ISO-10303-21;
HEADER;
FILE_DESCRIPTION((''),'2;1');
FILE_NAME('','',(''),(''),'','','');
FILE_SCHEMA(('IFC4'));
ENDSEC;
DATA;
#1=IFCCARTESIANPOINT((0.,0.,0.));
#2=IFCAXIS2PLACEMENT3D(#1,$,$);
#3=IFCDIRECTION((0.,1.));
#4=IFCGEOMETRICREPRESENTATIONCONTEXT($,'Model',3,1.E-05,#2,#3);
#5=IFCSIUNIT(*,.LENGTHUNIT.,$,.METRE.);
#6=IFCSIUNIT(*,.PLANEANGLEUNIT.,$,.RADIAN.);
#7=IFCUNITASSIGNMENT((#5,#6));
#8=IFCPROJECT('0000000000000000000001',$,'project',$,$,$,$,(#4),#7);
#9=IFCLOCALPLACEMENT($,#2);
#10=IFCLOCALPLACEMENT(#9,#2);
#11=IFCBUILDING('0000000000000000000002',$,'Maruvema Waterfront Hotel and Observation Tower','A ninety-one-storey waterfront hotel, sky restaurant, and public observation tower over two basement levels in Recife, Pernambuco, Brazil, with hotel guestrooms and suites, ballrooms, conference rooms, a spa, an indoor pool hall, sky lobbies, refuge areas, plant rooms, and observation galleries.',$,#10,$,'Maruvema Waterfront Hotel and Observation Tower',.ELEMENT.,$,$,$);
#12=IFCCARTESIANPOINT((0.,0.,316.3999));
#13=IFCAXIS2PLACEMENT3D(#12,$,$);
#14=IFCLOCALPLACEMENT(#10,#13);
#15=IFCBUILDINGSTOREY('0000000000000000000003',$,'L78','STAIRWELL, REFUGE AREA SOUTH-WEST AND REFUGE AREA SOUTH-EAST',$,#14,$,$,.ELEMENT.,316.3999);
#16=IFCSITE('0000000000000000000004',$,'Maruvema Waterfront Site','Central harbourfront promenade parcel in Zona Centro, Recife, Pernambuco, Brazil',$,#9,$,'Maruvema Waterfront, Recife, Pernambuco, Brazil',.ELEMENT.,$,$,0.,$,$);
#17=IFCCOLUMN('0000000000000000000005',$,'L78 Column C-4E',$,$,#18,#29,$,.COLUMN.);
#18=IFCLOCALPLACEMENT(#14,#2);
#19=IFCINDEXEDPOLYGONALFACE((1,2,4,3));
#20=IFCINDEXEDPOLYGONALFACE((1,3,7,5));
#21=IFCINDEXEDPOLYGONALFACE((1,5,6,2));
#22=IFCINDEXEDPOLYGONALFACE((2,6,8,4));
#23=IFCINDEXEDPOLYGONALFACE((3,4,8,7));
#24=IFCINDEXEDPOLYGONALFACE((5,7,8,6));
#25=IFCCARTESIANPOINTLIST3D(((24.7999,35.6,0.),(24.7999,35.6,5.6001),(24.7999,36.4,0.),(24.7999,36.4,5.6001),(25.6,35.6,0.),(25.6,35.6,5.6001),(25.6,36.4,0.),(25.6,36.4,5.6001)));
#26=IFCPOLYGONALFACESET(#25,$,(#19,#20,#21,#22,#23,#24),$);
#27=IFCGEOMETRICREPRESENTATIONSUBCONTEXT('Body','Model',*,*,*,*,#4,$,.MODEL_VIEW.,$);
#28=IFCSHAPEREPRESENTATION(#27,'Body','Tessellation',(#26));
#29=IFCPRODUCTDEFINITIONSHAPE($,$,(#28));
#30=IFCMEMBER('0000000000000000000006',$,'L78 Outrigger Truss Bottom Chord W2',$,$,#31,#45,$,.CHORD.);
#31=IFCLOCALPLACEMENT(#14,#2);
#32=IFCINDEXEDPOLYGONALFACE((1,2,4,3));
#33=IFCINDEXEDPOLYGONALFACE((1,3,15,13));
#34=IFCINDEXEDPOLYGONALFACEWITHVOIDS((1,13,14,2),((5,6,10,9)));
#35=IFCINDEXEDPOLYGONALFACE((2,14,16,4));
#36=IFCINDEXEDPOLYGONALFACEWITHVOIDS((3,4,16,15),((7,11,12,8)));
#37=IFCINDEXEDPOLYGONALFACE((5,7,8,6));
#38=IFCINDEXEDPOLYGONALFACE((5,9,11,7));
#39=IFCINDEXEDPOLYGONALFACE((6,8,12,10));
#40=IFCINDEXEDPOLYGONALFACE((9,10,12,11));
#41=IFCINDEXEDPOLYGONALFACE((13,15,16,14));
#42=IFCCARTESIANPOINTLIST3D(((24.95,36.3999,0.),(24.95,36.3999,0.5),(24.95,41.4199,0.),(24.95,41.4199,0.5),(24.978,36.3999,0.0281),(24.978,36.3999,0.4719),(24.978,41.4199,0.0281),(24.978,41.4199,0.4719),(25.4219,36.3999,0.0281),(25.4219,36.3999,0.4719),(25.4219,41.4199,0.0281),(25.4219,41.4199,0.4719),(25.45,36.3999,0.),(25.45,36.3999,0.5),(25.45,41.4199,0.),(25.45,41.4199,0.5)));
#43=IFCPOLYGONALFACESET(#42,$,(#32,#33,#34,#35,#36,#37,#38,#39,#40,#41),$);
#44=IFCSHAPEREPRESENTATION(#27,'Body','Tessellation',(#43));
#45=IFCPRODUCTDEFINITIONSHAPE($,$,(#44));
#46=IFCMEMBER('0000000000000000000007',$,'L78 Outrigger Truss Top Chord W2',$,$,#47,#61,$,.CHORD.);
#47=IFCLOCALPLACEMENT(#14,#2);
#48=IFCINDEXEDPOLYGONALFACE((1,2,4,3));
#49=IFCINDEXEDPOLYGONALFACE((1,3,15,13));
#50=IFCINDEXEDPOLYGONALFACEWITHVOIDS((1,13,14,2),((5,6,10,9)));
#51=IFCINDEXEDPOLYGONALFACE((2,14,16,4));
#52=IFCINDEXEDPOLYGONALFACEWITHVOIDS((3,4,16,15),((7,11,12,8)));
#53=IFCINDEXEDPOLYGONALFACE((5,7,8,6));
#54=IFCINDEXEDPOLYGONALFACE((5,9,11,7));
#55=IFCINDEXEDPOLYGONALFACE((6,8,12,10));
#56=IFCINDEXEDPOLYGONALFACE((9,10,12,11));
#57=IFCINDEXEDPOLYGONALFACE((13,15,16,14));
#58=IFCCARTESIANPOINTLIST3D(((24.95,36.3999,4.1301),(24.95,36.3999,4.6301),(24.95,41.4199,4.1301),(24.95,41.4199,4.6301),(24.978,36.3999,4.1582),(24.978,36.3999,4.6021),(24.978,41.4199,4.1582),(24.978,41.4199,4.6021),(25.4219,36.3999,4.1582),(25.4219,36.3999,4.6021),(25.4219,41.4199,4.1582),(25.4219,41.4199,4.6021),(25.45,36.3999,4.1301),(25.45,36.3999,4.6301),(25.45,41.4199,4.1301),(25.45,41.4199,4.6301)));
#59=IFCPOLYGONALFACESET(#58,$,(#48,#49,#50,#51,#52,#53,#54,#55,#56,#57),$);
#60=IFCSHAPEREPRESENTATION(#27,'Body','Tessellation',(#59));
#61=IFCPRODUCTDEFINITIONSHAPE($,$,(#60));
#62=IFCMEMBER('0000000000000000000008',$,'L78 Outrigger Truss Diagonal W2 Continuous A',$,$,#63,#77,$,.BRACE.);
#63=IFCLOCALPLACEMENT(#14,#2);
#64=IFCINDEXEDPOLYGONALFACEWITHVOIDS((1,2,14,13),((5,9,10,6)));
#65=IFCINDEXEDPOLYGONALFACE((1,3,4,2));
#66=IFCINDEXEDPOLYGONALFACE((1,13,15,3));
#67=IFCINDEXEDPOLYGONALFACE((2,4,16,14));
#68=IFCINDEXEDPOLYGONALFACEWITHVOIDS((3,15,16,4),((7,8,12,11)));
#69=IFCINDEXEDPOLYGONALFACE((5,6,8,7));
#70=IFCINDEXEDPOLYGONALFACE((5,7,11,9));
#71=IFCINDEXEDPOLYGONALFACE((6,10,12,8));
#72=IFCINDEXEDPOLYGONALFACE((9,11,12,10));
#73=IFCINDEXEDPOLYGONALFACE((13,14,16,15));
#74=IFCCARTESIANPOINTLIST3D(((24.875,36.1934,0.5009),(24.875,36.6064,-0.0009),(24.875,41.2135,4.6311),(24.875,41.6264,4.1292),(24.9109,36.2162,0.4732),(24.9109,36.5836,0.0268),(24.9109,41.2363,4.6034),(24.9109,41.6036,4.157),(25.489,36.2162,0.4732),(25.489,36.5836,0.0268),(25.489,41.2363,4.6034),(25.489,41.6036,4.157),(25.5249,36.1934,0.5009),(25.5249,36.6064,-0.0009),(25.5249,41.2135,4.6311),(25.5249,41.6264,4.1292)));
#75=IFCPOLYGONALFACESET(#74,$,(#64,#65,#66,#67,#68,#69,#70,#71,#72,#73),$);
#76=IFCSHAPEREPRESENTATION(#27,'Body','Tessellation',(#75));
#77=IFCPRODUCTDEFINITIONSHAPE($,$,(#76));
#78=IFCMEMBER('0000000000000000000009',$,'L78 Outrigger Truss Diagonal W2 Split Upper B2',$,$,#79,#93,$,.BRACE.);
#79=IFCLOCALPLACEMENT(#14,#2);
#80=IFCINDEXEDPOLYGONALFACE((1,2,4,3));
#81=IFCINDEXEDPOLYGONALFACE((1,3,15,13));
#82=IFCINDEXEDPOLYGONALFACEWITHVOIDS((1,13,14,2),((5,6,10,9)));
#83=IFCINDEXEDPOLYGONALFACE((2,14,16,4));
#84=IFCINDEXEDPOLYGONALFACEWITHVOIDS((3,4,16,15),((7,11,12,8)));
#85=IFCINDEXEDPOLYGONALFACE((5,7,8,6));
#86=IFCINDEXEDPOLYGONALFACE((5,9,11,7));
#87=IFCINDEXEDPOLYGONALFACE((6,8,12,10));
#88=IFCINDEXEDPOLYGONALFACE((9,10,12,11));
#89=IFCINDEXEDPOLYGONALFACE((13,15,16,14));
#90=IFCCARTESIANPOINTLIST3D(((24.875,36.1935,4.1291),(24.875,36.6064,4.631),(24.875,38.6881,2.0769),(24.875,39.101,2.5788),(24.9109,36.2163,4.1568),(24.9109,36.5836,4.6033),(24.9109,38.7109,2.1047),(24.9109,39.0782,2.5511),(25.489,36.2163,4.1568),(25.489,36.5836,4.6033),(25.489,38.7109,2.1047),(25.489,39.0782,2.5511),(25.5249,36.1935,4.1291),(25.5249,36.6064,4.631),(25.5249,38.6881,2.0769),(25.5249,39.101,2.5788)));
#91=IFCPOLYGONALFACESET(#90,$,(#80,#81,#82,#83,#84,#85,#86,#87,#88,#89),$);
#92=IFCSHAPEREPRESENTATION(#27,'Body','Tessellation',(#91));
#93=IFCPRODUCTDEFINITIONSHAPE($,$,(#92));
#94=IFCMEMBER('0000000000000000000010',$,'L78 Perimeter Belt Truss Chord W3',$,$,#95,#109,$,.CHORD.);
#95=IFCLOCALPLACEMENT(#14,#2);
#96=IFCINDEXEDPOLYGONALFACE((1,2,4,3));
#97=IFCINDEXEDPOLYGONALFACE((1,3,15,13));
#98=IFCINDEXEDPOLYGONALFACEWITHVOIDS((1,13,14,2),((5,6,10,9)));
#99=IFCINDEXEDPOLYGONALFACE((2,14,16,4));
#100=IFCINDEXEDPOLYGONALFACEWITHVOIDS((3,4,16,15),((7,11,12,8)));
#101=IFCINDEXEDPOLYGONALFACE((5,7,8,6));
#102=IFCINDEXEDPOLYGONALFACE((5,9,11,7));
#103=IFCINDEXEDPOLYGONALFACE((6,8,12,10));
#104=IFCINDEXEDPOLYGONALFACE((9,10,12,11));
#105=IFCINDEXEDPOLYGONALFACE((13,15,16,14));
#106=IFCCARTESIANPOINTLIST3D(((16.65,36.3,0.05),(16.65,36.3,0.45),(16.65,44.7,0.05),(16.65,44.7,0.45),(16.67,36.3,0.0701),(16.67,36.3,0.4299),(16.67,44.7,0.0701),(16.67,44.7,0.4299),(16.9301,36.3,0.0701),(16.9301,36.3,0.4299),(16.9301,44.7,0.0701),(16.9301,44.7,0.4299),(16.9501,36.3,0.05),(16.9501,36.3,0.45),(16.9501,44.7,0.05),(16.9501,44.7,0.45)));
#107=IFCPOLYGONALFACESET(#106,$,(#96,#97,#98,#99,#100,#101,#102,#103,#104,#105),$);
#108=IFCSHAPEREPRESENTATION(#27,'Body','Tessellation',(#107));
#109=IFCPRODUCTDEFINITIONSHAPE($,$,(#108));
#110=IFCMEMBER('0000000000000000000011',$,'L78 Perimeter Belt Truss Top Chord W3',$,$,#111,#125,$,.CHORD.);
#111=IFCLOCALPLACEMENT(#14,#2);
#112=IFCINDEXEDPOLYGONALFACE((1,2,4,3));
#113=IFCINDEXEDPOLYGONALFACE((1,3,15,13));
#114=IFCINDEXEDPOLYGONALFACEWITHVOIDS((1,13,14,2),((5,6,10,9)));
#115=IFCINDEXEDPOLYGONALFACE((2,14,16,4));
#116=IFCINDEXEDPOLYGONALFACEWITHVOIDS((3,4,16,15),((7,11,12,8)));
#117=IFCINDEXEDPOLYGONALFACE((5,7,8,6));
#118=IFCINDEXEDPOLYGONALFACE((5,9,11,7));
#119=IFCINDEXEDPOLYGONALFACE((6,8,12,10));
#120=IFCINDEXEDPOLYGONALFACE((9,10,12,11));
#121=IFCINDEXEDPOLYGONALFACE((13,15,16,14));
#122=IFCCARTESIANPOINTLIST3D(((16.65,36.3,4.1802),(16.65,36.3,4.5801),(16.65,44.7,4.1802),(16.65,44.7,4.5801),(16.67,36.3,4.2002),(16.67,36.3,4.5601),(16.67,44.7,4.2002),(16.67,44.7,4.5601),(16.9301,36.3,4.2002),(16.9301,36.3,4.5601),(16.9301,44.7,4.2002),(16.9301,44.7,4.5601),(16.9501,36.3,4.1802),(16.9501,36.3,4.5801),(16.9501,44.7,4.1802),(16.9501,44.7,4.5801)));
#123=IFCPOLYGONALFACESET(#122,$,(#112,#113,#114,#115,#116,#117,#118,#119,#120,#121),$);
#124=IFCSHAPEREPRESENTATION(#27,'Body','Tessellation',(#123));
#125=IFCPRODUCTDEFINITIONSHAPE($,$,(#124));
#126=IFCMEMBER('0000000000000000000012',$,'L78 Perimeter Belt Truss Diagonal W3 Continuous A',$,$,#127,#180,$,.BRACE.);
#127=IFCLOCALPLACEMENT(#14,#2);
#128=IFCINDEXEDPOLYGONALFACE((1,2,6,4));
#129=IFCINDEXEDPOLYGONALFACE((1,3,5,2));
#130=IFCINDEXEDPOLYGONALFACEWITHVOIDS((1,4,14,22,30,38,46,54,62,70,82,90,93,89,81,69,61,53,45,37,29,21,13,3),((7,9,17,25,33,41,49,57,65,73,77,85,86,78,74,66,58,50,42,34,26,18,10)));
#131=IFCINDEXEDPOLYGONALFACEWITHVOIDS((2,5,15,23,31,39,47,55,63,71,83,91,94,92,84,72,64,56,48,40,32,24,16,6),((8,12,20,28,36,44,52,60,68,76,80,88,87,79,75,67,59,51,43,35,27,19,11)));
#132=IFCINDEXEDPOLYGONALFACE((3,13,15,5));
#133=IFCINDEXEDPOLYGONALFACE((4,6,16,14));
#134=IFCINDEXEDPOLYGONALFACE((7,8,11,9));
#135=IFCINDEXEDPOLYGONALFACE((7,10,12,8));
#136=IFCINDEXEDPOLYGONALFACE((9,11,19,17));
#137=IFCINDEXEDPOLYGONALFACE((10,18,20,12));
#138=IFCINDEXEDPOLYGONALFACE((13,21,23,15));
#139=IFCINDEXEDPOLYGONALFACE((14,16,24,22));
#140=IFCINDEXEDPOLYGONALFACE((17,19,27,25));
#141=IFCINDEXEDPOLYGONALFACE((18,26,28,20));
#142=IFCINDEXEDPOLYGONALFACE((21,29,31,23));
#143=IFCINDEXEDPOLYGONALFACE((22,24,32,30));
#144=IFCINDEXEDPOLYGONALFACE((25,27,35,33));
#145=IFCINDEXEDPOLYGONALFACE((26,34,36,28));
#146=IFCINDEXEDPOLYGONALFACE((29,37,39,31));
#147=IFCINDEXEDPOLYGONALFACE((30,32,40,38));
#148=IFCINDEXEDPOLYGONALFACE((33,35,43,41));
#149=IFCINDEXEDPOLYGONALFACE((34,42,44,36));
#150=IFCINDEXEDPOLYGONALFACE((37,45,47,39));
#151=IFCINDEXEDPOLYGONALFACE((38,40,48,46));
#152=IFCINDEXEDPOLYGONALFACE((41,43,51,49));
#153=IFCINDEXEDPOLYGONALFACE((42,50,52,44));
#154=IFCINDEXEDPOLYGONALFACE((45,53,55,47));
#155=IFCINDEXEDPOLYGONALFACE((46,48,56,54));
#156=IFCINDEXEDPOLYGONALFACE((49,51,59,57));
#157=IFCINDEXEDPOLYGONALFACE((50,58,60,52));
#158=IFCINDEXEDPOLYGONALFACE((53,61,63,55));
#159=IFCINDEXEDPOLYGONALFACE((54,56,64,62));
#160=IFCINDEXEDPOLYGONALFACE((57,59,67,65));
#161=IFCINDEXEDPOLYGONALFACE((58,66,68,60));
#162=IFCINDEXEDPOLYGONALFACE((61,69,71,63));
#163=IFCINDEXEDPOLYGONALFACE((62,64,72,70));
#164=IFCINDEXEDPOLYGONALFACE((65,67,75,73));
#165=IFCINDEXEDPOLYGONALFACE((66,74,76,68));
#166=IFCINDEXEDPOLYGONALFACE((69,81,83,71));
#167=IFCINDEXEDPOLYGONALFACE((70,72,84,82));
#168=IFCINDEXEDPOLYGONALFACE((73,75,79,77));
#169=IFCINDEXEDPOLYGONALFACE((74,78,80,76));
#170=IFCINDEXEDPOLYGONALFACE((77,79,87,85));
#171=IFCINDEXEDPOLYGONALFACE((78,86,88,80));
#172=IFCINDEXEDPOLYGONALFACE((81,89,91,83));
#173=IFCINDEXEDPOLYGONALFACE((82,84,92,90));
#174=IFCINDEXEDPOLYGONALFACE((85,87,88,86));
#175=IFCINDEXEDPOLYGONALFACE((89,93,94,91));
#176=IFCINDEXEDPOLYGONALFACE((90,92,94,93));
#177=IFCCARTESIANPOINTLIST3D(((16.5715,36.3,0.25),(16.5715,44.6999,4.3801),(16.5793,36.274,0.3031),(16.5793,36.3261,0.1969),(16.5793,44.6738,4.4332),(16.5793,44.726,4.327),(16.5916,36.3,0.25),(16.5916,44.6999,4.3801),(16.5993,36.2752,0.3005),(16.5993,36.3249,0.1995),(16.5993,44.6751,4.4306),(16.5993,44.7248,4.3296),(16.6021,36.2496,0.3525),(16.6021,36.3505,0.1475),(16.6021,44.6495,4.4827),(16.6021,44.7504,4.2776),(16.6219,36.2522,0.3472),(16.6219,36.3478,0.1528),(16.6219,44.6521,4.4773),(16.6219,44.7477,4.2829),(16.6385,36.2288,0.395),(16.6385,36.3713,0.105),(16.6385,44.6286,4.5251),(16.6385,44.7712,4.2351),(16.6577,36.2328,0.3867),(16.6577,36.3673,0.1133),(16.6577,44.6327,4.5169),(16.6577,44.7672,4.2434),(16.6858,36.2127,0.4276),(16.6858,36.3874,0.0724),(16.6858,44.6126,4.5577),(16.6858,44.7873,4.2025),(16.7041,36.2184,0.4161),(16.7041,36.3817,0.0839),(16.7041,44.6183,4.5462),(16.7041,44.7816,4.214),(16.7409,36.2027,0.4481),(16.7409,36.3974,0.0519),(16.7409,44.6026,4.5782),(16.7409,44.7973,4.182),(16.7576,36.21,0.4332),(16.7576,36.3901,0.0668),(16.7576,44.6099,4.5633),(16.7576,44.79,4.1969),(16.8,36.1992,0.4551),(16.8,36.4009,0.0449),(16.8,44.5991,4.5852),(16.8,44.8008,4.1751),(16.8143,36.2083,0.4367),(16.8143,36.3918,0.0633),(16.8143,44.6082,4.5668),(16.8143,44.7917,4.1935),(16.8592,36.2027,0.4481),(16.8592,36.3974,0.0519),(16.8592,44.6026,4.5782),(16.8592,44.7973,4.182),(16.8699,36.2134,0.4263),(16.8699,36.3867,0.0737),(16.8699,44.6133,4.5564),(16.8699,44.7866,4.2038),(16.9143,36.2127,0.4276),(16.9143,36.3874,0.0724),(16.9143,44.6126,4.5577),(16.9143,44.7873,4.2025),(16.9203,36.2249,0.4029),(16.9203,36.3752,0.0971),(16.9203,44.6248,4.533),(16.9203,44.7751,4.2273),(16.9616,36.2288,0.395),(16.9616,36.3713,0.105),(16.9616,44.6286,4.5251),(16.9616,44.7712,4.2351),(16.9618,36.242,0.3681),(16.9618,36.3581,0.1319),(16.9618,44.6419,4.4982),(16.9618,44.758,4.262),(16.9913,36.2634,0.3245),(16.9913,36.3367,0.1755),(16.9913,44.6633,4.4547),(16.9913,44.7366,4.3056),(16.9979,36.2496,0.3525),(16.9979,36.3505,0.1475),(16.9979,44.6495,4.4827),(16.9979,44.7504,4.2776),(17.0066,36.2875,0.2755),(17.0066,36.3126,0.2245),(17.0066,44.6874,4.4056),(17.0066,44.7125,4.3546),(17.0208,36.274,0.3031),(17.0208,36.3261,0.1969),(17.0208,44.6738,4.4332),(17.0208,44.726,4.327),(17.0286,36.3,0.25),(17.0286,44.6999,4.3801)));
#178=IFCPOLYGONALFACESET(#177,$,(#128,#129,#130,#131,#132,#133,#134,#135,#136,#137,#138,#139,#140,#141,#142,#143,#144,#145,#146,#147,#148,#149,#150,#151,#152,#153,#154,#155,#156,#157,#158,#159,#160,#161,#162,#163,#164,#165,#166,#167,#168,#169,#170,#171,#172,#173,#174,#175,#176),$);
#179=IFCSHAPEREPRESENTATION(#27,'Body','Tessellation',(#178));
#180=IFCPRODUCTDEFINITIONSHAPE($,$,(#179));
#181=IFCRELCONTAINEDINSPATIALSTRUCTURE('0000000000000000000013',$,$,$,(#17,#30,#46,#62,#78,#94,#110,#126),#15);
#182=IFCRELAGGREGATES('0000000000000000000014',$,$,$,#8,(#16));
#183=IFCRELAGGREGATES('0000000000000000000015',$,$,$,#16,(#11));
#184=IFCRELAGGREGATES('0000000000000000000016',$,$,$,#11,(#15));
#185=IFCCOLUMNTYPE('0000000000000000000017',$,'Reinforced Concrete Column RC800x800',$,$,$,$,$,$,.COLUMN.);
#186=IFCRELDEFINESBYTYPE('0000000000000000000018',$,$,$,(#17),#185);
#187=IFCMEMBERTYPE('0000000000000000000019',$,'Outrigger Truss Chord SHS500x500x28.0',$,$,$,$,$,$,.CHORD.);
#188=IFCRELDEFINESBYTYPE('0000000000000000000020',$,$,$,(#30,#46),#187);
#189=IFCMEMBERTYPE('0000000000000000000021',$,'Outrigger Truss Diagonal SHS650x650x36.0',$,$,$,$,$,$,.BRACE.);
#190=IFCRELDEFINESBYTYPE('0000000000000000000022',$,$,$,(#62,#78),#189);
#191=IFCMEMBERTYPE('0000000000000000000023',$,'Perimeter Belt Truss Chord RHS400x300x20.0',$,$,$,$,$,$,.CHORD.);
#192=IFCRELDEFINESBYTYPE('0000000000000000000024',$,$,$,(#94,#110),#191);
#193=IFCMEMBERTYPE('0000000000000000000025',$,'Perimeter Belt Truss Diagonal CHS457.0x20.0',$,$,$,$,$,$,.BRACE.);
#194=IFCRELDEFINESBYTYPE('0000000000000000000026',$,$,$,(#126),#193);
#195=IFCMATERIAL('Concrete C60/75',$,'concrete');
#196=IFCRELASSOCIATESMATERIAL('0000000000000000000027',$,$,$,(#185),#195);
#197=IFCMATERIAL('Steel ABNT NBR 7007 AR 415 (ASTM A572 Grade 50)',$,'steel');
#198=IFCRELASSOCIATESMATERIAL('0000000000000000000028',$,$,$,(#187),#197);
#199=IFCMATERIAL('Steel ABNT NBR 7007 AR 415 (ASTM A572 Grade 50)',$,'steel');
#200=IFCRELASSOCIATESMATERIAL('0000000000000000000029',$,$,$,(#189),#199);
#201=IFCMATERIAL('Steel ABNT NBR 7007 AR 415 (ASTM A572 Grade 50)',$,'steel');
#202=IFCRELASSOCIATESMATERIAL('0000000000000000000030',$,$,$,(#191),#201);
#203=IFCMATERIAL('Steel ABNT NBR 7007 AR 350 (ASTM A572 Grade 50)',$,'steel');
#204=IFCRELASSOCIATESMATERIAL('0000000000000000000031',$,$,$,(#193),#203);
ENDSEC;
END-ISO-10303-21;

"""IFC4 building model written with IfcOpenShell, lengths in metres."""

from ifc_helpers import new_model, si_unit, direction, frame, origin, origin_2d, place, context, subcontext, project, spatial, rectangle, hollow_rectangle, hollow_circle, extrude, material, material_profile, profile_set, type_object, element, save


model = new_model("IFC4")

# Units and contexts
model_context = context("Model", 3, precision=1e-05, world=origin(), true_north=direction((0.0, 1.0)))
body_context = subcontext(model_context, "Body", "Model", "MODEL_VIEW")
ifc_project = project(units=[si_unit("LENGTHUNIT", "METRE"), si_unit("PLANEANGLEUNIT", "RADIAN")], contexts=[model_context])

# Site, building, storey
site_placement = place(None, origin())
site = spatial("IfcSite", under=ifc_project, at=site_placement, Name="Maruvema Waterfront Site", Description="Central harbourfront promenade parcel in Zona Centro, Recife, Pernambuco, Brazil", LongName="Maruvema Waterfront, Recife, Pernambuco, Brazil", CompositionType="ELEMENT", RefElevation=0.0)
building_placement = place(site_placement, origin())
building = spatial("IfcBuilding", under=site, at=building_placement, Name="Maruvema Waterfront Hotel and Observation Tower", Description="A ninety-one-storey waterfront hotel, sky restaurant, and public observation tower over two basement levels in Recife, Pernambuco, Brazil, with hotel guestrooms and suites, ballrooms, conference rooms, a spa, an indoor pool hall, sky lobbies, refuge areas, plant rooms, and observation galleries.", LongName="Maruvema Waterfront Hotel and Observation Tower", CompositionType="ELEMENT")
storey_placement = place(building_placement, frame((0.0, 0.0, 316.3999)))
storey = spatial("IfcBuildingStorey", under=building, at=storey_placement, Name="L78", Description="STAIRWELL, REFUGE AREA SOUTH-WEST AND REFUGE AREA SOUTH-EAST", CompositionType="ELEMENT", Elevation=316.3999)

# Column
ifc_material_1 = material(Name="Concrete C60/75", Category="concrete")
ifc_material_profile_1 = material_profile(ifc_material_1, rectangle(XDim=0.8, YDim=0.8, at=origin_2d()), Name="RC800x800")
ifc_profile_set_1 = profile_set([ifc_material_profile_1], Name="Concrete C60/75")
column_type = type_object("IfcColumnType", Name="Reinforced Concrete Column RC800x800", PredefinedType="COLUMN", material=ifc_profile_set_1)
column_placement = place(storey_placement, frame((25.2, 36.0, 0.0), z_axis=(0.0, 0.0, 1.0), x_axis=(1.0, 0.0, 0.0)))
element("IfcColumn", 1, at=column_placement, inside=storey, type_object=column_type, Name="L78 Column C-4E", PredefinedType="COLUMN", context=body_context, shape_type="SweptSolid", body=[
    extrude(rectangle(XDim=0.8, YDim=0.8, at=origin_2d()), origin(), (0.0, 0.0, 1.0), 5.6001),
])

# Members
ifc_material_2 = material(Name="Steel ABNT NBR 7007 AR 415 (ASTM A572 Grade 50)", Category="steel")
ifc_material_profile_2 = material_profile(ifc_material_2, hollow_rectangle(XDim=0.5, YDim=0.5, WallThickness=0.0281, at=origin_2d()), Name="SHS500x500x28.0")
ifc_profile_set_2 = profile_set([ifc_material_profile_2], Name="Steel ABNT NBR 7007 AR 415 (ASTM A572 Grade 50)")
member_type_1 = type_object("IfcMemberType", Name="Outrigger Truss Chord SHS500x500x28.0", PredefinedType="CHORD", material=ifc_profile_set_2)
for number, where, z_axis, x_axis, name in (
    (2, (25.2, 36.3999, 0.25), (0.0, 1.0, 0.0), (-1.0, 0.0, 0.0), "L78 Outrigger Truss Bottom Chord W2"),
    (3, (25.2, 36.3999, 4.3801), (0.0, 1.0, 0.0), (-1.0, 0.0, 0.0), "L78 Outrigger Truss Top Chord W2"),
):
    element("IfcMember", number, at=place(storey_placement, frame(where, z_axis=z_axis, x_axis=x_axis)), inside=storey, type_object=member_type_1, Name=name, PredefinedType="CHORD", context=body_context, shape_type="SweptSolid", body=[
        extrude(hollow_rectangle(XDim=0.5, YDim=0.5, WallThickness=0.0281, at=origin_2d()), origin(), (0.0, 0.0, 1.0), 5.02),
    ])
ifc_material_3 = material(Name="Steel ABNT NBR 7007 AR 415 (ASTM A572 Grade 50)", Category="steel")
ifc_material_profile_3 = material_profile(ifc_material_3, hollow_rectangle(XDim=0.6499, YDim=0.6499, WallThickness=0.0359, at=origin_2d()), Name="SHS650x650x36.0")
ifc_profile_set_3 = profile_set([ifc_material_profile_3], Name="Steel ABNT NBR 7007 AR 415 (ASTM A572 Grade 50)")
member_type_2 = type_object("IfcMemberType", Name="Outrigger Truss Diagonal SHS650x650x36.0", PredefinedType="BRACE", material=ifc_profile_set_3)
member_1_placement = place(storey_placement, frame((25.2, 36.3999, 0.25), z_axis=(0.0, 0.772233, 0.63534), x_axis=(-1.0, 0.0, 0.0)))
element("IfcMember", 4, at=member_1_placement, inside=storey, type_object=member_type_2, Name="L78 Outrigger Truss Diagonal W2 Continuous A", PredefinedType="BRACE", context=body_context, shape_type="SweptSolid", body=[
    extrude(hollow_rectangle(XDim=0.6499, YDim=0.6499, WallThickness=0.0359, at=origin_2d()), origin(), (0.0, 0.0, 1.0), 6.5007),
])
member_2_placement = place(storey_placement, frame((25.2, 38.8945, 2.3279), z_axis=(0.0, -0.772257, 0.63531), x_axis=(1.0, 0.0, 0.0)))
element("IfcMember", 5, at=member_2_placement, inside=storey, type_object=member_type_2, Name="L78 Outrigger Truss Diagonal W2 Split Upper B2", PredefinedType="BRACE", context=body_context, shape_type="SweptSolid", body=[
    extrude(hollow_rectangle(XDim=0.6499, YDim=0.6499, WallThickness=0.0359, at=origin_2d()), origin(), (0.0, 0.0, 1.0), 3.2302),
])
ifc_material_4 = material(Name="Steel ABNT NBR 7007 AR 415 (ASTM A572 Grade 50)", Category="steel")
ifc_material_profile_4 = material_profile(ifc_material_4, hollow_rectangle(XDim=0.3, YDim=0.3999, WallThickness=0.02, at=origin_2d()), Name="RHS400x300x20.0")
ifc_profile_set_4 = profile_set([ifc_material_profile_4], Name="Steel ABNT NBR 7007 AR 415 (ASTM A572 Grade 50)")
member_type_3 = type_object("IfcMemberType", Name="Perimeter Belt Truss Chord RHS400x300x20.0", PredefinedType="CHORD", material=ifc_profile_set_4)
for number, where, z_axis, x_axis, name in (
    (6, (16.8, 36.3, 0.25), (0.0, 1.0, 0.0), (-1.0, 0.0, 0.0), "L78 Perimeter Belt Truss Chord W3"),
    (7, (16.8, 36.3, 4.3801), (0.0, 1.0, 0.0), (-1.0, 0.0, 0.0), "L78 Perimeter Belt Truss Top Chord W3"),
):
    element("IfcMember", number, at=place(storey_placement, frame(where, z_axis=z_axis, x_axis=x_axis)), inside=storey, type_object=member_type_3, Name=name, PredefinedType="CHORD", context=body_context, shape_type="SweptSolid", body=[
        extrude(hollow_rectangle(XDim=0.3, YDim=0.3999, WallThickness=0.02, at=origin_2d()), origin(), (0.0, 0.0, 1.0), 8.3999),
    ])
ifc_material_5 = material(Name="Steel ABNT NBR 7007 AR 350 (ASTM A572 Grade 50)", Category="steel")
ifc_material_profile_5 = material_profile(ifc_material_5, hollow_circle(Radius=0.2285, WallThickness=0.02, at=origin_2d()), Name="CHS457.0x20.0")
ifc_profile_set_5 = profile_set([ifc_material_profile_5], Name="Steel ABNT NBR 7007 AR 350 (ASTM A572 Grade 50)")
member_type_4 = type_object("IfcMemberType", Name="Perimeter Belt Truss Diagonal CHS457.0x20.0", PredefinedType="BRACE", material=ifc_profile_set_5)
member_3_placement = place(storey_placement, frame((16.8, 36.3, 0.25), z_axis=(0.0, 0.897391, 0.441236), x_axis=(-1.0, 0.0, 0.0)))
element("IfcMember", 8, at=member_3_placement, inside=storey, type_object=member_type_4, Name="L78 Perimeter Belt Truss Diagonal W3 Continuous A", PredefinedType="BRACE", context=body_context, shape_type="SweptSolid", body=[
    extrude(hollow_circle(Radius=0.2285, WallThickness=0.02, at=origin_2d()), origin(), (0.0, 0.0, 1.0), 9.3604),
])

save(model, "model.ifc")
